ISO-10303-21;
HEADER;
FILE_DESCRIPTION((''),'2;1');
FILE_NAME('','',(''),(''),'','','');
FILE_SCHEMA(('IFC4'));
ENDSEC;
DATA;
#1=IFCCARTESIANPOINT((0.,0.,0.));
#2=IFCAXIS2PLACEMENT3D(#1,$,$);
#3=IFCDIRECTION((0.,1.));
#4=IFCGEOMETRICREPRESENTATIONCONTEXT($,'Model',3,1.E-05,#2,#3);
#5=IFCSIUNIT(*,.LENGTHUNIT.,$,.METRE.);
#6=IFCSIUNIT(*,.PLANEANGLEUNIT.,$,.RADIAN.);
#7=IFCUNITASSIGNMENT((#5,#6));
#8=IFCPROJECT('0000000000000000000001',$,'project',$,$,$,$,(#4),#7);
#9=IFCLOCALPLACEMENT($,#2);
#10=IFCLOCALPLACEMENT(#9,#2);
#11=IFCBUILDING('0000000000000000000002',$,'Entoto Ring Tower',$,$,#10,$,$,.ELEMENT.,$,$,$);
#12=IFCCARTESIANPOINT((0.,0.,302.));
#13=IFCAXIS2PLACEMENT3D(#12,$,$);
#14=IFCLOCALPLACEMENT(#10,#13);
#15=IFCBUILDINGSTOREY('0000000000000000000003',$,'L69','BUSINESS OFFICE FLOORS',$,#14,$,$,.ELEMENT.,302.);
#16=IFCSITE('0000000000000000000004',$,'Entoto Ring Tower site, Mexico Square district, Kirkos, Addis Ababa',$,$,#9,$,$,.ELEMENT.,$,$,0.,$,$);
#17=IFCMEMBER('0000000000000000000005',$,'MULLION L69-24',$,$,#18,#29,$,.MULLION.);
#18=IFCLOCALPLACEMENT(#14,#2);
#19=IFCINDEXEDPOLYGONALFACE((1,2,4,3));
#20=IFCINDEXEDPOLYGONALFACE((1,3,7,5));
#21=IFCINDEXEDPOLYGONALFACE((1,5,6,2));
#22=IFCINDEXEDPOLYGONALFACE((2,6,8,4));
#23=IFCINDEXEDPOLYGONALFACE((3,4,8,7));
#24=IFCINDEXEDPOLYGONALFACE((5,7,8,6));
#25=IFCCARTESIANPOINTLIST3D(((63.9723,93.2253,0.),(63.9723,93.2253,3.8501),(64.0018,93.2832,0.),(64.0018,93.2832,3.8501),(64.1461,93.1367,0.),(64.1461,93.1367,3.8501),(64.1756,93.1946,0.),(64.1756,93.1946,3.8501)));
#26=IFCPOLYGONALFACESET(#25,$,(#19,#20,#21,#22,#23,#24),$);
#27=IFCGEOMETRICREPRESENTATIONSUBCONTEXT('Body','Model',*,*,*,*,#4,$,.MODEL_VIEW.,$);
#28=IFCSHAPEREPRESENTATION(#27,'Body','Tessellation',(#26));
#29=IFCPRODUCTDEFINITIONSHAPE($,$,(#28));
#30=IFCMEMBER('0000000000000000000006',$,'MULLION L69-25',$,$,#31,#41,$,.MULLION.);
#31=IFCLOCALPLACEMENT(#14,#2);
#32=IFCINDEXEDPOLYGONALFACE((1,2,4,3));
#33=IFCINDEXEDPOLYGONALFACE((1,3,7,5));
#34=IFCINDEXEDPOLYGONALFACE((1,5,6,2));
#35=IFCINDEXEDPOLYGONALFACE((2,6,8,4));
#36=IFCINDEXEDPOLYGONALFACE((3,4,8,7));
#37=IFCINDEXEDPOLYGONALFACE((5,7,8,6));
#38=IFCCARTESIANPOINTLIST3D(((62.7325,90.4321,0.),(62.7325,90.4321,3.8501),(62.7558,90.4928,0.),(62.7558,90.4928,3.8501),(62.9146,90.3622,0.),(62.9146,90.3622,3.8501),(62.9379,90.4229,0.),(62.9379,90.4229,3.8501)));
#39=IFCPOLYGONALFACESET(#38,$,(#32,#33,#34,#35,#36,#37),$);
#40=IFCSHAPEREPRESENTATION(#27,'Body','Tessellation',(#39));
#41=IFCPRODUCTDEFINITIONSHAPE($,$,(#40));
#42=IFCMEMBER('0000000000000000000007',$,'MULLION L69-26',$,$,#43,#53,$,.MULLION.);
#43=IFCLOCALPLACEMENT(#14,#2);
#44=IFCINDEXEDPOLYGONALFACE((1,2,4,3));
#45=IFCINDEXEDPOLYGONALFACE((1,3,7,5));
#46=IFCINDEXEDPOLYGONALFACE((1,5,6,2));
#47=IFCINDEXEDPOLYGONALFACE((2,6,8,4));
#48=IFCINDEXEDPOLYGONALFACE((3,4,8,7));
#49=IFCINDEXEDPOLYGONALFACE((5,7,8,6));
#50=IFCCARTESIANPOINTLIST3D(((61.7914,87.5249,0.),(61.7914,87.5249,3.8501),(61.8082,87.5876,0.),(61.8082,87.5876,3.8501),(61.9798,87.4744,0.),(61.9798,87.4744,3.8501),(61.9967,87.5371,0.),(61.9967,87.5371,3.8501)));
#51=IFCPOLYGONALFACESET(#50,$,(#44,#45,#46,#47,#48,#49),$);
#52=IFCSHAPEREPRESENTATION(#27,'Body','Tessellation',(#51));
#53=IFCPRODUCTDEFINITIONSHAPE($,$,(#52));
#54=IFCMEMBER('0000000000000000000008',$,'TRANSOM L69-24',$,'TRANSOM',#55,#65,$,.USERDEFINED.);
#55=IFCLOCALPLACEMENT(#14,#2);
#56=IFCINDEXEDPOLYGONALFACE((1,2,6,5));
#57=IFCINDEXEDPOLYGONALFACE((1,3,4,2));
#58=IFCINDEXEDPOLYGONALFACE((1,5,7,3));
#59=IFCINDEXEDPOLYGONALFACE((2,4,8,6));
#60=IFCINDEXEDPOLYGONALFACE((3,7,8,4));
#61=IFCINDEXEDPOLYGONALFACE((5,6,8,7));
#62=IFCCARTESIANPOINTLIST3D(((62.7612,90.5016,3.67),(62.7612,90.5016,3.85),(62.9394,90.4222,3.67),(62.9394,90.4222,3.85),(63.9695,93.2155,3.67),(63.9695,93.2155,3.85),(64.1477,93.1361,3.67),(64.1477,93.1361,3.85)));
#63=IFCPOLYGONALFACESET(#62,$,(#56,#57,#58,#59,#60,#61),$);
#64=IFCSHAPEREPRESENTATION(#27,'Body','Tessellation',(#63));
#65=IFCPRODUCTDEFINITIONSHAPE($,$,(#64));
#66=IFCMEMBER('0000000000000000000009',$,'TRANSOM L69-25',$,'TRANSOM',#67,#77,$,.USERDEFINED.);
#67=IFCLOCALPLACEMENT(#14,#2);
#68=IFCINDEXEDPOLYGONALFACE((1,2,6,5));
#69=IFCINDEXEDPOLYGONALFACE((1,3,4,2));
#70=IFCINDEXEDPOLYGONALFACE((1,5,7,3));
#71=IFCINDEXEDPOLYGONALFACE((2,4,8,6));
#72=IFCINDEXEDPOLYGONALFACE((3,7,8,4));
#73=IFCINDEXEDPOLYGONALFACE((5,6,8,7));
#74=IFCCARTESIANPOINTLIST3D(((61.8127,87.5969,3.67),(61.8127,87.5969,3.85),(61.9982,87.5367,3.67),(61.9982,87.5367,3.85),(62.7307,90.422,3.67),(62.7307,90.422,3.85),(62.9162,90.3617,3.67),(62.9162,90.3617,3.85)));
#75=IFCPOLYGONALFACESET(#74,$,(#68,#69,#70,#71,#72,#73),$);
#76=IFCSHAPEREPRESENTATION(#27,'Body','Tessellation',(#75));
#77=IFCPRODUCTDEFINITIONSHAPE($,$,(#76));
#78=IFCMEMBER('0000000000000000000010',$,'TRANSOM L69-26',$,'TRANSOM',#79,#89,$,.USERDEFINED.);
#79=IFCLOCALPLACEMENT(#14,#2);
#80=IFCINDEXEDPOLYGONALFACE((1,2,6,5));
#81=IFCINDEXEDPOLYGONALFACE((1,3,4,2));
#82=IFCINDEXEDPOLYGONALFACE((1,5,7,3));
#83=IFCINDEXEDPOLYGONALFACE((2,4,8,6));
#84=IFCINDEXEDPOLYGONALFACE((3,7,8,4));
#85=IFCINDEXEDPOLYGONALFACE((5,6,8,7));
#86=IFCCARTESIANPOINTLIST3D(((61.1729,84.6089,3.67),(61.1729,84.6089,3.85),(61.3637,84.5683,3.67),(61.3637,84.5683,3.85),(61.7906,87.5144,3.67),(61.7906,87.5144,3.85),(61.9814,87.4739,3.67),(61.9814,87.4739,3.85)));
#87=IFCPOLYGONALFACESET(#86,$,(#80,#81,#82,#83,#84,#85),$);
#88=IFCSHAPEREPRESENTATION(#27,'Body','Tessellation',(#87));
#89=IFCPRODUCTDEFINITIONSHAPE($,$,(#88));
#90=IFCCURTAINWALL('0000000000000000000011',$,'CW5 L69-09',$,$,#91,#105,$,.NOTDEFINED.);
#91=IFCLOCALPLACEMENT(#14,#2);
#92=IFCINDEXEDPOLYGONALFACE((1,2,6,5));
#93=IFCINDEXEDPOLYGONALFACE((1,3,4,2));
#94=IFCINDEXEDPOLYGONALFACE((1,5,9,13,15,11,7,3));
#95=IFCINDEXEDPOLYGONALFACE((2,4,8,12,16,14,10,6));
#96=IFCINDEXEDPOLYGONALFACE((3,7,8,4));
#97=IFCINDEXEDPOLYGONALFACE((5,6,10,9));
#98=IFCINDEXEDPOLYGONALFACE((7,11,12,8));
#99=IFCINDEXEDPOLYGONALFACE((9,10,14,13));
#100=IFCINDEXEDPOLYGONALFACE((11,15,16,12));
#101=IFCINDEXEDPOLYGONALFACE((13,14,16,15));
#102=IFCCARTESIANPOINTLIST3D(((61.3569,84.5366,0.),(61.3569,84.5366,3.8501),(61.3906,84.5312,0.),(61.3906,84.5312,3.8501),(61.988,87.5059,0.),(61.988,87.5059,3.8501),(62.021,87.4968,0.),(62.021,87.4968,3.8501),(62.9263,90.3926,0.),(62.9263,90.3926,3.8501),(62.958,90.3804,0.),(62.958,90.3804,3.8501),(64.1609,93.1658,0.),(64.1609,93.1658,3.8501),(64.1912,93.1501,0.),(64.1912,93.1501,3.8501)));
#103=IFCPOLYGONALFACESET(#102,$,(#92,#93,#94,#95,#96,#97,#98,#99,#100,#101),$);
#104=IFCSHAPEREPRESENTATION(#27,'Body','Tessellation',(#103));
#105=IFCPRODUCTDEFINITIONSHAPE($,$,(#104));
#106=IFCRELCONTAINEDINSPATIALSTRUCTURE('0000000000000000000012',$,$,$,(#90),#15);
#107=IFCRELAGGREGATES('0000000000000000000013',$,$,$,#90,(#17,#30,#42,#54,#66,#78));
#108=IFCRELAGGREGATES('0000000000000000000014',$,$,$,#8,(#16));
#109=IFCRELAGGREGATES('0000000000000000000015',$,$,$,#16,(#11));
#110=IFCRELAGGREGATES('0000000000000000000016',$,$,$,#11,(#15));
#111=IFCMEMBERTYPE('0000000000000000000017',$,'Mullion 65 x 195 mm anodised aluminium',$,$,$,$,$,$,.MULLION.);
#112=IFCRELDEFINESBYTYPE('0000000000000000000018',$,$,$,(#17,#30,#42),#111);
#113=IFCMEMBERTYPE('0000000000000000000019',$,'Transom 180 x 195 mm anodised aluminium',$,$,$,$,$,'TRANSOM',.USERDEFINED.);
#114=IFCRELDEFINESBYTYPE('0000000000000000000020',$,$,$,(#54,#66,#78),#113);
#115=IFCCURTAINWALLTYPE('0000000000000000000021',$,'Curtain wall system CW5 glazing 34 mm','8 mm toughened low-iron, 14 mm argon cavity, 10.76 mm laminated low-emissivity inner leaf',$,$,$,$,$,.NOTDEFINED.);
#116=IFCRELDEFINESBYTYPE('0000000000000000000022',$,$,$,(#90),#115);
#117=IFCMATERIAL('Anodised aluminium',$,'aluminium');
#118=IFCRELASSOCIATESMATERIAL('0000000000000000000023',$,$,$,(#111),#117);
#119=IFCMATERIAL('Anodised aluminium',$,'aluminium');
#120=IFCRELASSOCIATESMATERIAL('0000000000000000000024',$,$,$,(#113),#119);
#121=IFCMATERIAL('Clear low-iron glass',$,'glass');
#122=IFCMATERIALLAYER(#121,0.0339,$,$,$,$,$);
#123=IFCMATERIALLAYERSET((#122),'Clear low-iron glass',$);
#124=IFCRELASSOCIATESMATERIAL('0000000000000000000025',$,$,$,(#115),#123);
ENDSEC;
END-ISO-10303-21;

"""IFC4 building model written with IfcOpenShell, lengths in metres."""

from ifc_helpers import new_model, si_unit, direction, frame, origin, origin_2d, place, context, subcontext, project, spatial, polyline, rectangle, outline, extrude, material, layer, layer_set, material_profile, profile_set, type_object, element, aggregate, save


model = new_model("IFC4")

# Units and contexts
model_context = context("Model", 3, precision=1e-05, world=origin(), true_north=direction((0.0, 1.0)))
body_context = subcontext(model_context, "Body", "Model", "MODEL_VIEW")
ifc_project = project(units=[si_unit("LENGTHUNIT", "METRE"), si_unit("PLANEANGLEUNIT", "RADIAN")], contexts=[model_context])

# Members
ifc_material_1 = material(Name="Anodised aluminium", Category="aluminium")
ifc_material_profile_1 = material_profile(ifc_material_1, rectangle(XDim=0.0649, YDim=0.1951, at=origin_2d()), Name="Mullion 65 x 195 mm anodised aluminium")
ifc_profile_set_1 = profile_set([ifc_material_profile_1], Name="Anodised aluminium")
member_type_1 = type_object("IfcMemberType", Name="Mullion 65 x 195 mm anodised aluminium", PredefinedType="MULLION", material=ifc_profile_set_1)
site_placement = place(None, origin())
building_placement = place(site_placement, origin())
storey_placement = place(building_placement, frame((0.0, 0.0, 302.0)))
member_1_placement = place(storey_placement, frame((64.074, 93.21, 0.0), z_axis=(0.0, 0.0, 1.0), x_axis=(-0.45399, -0.891007, 0.0)))
member_1 = element("IfcMember", 1, at=member_1_placement, type_object=member_type_1, Name="MULLION L69-24", PredefinedType="MULLION", context=body_context, shape_type="SweptSolid", body=[
    extrude(rectangle(XDim=0.0649, YDim=0.1951, at=origin_2d()), origin(), (0.0, 0.0, 1.0), 3.8501),
])
member_2_placement = place(storey_placement, frame((62.8352, 90.4275, 0.0), z_axis=(0.0, 0.0, 1.0), x_axis=(-0.358368, -0.93358, 0.0)))
member_2 = element("IfcMember", 2, at=member_2_placement, type_object=member_type_1, Name="MULLION L69-25", PredefinedType="MULLION", context=body_context, shape_type="SweptSolid", body=[
    extrude(rectangle(XDim=0.0649, YDim=0.1951, at=origin_2d()), origin(), (0.0, 0.0, 1.0), 3.8501),
])
member_3_placement = place(storey_placement, frame((61.894, 87.531, 0.0), z_axis=(0.0, 0.0, 1.0), x_axis=(-0.258819, -0.965926, 0.0)))
member_3 = element("IfcMember", 3, at=member_3_placement, type_object=member_type_1, Name="MULLION L69-26", PredefinedType="MULLION", context=body_context, shape_type="SweptSolid", body=[
    extrude(rectangle(XDim=0.0649, YDim=0.1951, at=origin_2d()), origin(), (0.0, 0.0, 1.0), 3.8501),
])
ifc_material_2 = material(Name="Anodised aluminium", Category="aluminium")
ifc_material_profile_2 = material_profile(ifc_material_2, rectangle(XDim=0.1951, YDim=0.1799, at=origin_2d()), Name="Transom 180 x 195 mm anodised aluminium")
ifc_profile_set_2 = profile_set([ifc_material_profile_2], Name="Anodised aluminium")
member_type_2 = type_object("IfcMemberType", Name="Transom 180 x 195 mm anodised aluminium", ElementType="TRANSOM", PredefinedType="USERDEFINED", material=ifc_profile_set_2)
member_4_placement = place(storey_placement, frame((64.0586, 93.1758, 3.76), z_axis=(-0.406726, -0.91355, 0.0), x_axis=(0.91355, -0.406726, 0.0)))
member_4 = element("IfcMember", 4, at=member_4_placement, type_object=member_type_2, Name="TRANSOM L69-24", ObjectType="TRANSOM", PredefinedType="USERDEFINED", context=body_context, shape_type="SweptSolid", body=[
    extrude(rectangle(XDim=0.1951, YDim=0.1799, at=origin_2d()), origin(), (0.0, 0.0, 1.0), 2.9707),
])
member_5_placement = place(storey_placement, frame((62.8235, 90.3918, 3.76), z_axis=(-0.309043, -0.951048, 0.0), x_axis=(0.951048, -0.309043, 0.0)))
member_5 = element("IfcMember", 5, at=member_5_placement, type_object=member_type_2, Name="TRANSOM L69-25", ObjectType="TRANSOM", PredefinedType="USERDEFINED", context=body_context, shape_type="SweptSolid", body=[
    extrude(rectangle(XDim=0.1951, YDim=0.1799, at=origin_2d()), origin(), (0.0, 0.0, 1.0), 2.9705),
])
member_6_placement = place(storey_placement, frame((61.886, 87.4941, 3.76), z_axis=(-0.20794, -0.978142, 0.0), x_axis=(0.978142, -0.20794, 0.0)))
member_6 = element("IfcMember", 6, at=member_6_placement, type_object=member_type_2, Name="TRANSOM L69-26", ObjectType="TRANSOM", PredefinedType="USERDEFINED", context=body_context, shape_type="SweptSolid", body=[
    extrude(rectangle(XDim=0.1951, YDim=0.1799, at=origin_2d()), origin(), (0.0, 0.0, 1.0), 2.9705),
])

# Site, building, storey
site = spatial("IfcSite", under=ifc_project, at=site_placement, Name="Entoto Ring Tower site, Mexico Square district, Kirkos, Addis Ababa", CompositionType="ELEMENT", RefElevation=0.0)
building = spatial("IfcBuilding", under=site, at=building_placement, Name="Entoto Ring Tower", CompositionType="ELEMENT")
storey = spatial("IfcBuildingStorey", under=building, at=storey_placement, Name="L69", Description="BUSINESS OFFICE FLOORS", CompositionType="ELEMENT", Elevation=302.0)

# Curtain wall
ifc_material_3 = material(Name="Clear low-iron glass", Category="glass")
ifc_layer = layer(ifc_material_3, 0.0339)
ifc_layer_set = layer_set([ifc_layer], Name="Clear low-iron glass")
curtain_wall_type = type_object("IfcCurtainWallType", Name="Curtain wall system CW5 glazing 34 mm", Description="8 mm toughened low-iron, 14 mm argon cavity, 10.76 mm laminated low-emissivity inner leaf", PredefinedType="NOTDEFINED", material=ifc_layer_set)
curtain_wall_1_placement = place(storey_placement, origin())
curtain_wall_1 = element("IfcCurtainWall", 7, at=curtain_wall_1_placement, inside=storey, type_object=curtain_wall_type, Name="CW5 L69-09", PredefinedType="NOTDEFINED", context=body_context, shape_type="SweptSolid", body=[
    extrude(outline(polyline([(64.1609, 93.1658), (62.9263, 90.3926), (61.988, 87.5059), (61.3569, 84.5366), (61.3906, 84.5312), (62.021, 87.4968), (62.958, 90.3804), (64.1912, 93.1501), (64.1609, 93.1658)])), origin(), (0.0, 0.0, 1.0), 3.8501),
])
aggregate(curtain_wall_1, [member_1, member_2, member_3, member_4, member_5, member_6])

save(model, "model.ifc")
